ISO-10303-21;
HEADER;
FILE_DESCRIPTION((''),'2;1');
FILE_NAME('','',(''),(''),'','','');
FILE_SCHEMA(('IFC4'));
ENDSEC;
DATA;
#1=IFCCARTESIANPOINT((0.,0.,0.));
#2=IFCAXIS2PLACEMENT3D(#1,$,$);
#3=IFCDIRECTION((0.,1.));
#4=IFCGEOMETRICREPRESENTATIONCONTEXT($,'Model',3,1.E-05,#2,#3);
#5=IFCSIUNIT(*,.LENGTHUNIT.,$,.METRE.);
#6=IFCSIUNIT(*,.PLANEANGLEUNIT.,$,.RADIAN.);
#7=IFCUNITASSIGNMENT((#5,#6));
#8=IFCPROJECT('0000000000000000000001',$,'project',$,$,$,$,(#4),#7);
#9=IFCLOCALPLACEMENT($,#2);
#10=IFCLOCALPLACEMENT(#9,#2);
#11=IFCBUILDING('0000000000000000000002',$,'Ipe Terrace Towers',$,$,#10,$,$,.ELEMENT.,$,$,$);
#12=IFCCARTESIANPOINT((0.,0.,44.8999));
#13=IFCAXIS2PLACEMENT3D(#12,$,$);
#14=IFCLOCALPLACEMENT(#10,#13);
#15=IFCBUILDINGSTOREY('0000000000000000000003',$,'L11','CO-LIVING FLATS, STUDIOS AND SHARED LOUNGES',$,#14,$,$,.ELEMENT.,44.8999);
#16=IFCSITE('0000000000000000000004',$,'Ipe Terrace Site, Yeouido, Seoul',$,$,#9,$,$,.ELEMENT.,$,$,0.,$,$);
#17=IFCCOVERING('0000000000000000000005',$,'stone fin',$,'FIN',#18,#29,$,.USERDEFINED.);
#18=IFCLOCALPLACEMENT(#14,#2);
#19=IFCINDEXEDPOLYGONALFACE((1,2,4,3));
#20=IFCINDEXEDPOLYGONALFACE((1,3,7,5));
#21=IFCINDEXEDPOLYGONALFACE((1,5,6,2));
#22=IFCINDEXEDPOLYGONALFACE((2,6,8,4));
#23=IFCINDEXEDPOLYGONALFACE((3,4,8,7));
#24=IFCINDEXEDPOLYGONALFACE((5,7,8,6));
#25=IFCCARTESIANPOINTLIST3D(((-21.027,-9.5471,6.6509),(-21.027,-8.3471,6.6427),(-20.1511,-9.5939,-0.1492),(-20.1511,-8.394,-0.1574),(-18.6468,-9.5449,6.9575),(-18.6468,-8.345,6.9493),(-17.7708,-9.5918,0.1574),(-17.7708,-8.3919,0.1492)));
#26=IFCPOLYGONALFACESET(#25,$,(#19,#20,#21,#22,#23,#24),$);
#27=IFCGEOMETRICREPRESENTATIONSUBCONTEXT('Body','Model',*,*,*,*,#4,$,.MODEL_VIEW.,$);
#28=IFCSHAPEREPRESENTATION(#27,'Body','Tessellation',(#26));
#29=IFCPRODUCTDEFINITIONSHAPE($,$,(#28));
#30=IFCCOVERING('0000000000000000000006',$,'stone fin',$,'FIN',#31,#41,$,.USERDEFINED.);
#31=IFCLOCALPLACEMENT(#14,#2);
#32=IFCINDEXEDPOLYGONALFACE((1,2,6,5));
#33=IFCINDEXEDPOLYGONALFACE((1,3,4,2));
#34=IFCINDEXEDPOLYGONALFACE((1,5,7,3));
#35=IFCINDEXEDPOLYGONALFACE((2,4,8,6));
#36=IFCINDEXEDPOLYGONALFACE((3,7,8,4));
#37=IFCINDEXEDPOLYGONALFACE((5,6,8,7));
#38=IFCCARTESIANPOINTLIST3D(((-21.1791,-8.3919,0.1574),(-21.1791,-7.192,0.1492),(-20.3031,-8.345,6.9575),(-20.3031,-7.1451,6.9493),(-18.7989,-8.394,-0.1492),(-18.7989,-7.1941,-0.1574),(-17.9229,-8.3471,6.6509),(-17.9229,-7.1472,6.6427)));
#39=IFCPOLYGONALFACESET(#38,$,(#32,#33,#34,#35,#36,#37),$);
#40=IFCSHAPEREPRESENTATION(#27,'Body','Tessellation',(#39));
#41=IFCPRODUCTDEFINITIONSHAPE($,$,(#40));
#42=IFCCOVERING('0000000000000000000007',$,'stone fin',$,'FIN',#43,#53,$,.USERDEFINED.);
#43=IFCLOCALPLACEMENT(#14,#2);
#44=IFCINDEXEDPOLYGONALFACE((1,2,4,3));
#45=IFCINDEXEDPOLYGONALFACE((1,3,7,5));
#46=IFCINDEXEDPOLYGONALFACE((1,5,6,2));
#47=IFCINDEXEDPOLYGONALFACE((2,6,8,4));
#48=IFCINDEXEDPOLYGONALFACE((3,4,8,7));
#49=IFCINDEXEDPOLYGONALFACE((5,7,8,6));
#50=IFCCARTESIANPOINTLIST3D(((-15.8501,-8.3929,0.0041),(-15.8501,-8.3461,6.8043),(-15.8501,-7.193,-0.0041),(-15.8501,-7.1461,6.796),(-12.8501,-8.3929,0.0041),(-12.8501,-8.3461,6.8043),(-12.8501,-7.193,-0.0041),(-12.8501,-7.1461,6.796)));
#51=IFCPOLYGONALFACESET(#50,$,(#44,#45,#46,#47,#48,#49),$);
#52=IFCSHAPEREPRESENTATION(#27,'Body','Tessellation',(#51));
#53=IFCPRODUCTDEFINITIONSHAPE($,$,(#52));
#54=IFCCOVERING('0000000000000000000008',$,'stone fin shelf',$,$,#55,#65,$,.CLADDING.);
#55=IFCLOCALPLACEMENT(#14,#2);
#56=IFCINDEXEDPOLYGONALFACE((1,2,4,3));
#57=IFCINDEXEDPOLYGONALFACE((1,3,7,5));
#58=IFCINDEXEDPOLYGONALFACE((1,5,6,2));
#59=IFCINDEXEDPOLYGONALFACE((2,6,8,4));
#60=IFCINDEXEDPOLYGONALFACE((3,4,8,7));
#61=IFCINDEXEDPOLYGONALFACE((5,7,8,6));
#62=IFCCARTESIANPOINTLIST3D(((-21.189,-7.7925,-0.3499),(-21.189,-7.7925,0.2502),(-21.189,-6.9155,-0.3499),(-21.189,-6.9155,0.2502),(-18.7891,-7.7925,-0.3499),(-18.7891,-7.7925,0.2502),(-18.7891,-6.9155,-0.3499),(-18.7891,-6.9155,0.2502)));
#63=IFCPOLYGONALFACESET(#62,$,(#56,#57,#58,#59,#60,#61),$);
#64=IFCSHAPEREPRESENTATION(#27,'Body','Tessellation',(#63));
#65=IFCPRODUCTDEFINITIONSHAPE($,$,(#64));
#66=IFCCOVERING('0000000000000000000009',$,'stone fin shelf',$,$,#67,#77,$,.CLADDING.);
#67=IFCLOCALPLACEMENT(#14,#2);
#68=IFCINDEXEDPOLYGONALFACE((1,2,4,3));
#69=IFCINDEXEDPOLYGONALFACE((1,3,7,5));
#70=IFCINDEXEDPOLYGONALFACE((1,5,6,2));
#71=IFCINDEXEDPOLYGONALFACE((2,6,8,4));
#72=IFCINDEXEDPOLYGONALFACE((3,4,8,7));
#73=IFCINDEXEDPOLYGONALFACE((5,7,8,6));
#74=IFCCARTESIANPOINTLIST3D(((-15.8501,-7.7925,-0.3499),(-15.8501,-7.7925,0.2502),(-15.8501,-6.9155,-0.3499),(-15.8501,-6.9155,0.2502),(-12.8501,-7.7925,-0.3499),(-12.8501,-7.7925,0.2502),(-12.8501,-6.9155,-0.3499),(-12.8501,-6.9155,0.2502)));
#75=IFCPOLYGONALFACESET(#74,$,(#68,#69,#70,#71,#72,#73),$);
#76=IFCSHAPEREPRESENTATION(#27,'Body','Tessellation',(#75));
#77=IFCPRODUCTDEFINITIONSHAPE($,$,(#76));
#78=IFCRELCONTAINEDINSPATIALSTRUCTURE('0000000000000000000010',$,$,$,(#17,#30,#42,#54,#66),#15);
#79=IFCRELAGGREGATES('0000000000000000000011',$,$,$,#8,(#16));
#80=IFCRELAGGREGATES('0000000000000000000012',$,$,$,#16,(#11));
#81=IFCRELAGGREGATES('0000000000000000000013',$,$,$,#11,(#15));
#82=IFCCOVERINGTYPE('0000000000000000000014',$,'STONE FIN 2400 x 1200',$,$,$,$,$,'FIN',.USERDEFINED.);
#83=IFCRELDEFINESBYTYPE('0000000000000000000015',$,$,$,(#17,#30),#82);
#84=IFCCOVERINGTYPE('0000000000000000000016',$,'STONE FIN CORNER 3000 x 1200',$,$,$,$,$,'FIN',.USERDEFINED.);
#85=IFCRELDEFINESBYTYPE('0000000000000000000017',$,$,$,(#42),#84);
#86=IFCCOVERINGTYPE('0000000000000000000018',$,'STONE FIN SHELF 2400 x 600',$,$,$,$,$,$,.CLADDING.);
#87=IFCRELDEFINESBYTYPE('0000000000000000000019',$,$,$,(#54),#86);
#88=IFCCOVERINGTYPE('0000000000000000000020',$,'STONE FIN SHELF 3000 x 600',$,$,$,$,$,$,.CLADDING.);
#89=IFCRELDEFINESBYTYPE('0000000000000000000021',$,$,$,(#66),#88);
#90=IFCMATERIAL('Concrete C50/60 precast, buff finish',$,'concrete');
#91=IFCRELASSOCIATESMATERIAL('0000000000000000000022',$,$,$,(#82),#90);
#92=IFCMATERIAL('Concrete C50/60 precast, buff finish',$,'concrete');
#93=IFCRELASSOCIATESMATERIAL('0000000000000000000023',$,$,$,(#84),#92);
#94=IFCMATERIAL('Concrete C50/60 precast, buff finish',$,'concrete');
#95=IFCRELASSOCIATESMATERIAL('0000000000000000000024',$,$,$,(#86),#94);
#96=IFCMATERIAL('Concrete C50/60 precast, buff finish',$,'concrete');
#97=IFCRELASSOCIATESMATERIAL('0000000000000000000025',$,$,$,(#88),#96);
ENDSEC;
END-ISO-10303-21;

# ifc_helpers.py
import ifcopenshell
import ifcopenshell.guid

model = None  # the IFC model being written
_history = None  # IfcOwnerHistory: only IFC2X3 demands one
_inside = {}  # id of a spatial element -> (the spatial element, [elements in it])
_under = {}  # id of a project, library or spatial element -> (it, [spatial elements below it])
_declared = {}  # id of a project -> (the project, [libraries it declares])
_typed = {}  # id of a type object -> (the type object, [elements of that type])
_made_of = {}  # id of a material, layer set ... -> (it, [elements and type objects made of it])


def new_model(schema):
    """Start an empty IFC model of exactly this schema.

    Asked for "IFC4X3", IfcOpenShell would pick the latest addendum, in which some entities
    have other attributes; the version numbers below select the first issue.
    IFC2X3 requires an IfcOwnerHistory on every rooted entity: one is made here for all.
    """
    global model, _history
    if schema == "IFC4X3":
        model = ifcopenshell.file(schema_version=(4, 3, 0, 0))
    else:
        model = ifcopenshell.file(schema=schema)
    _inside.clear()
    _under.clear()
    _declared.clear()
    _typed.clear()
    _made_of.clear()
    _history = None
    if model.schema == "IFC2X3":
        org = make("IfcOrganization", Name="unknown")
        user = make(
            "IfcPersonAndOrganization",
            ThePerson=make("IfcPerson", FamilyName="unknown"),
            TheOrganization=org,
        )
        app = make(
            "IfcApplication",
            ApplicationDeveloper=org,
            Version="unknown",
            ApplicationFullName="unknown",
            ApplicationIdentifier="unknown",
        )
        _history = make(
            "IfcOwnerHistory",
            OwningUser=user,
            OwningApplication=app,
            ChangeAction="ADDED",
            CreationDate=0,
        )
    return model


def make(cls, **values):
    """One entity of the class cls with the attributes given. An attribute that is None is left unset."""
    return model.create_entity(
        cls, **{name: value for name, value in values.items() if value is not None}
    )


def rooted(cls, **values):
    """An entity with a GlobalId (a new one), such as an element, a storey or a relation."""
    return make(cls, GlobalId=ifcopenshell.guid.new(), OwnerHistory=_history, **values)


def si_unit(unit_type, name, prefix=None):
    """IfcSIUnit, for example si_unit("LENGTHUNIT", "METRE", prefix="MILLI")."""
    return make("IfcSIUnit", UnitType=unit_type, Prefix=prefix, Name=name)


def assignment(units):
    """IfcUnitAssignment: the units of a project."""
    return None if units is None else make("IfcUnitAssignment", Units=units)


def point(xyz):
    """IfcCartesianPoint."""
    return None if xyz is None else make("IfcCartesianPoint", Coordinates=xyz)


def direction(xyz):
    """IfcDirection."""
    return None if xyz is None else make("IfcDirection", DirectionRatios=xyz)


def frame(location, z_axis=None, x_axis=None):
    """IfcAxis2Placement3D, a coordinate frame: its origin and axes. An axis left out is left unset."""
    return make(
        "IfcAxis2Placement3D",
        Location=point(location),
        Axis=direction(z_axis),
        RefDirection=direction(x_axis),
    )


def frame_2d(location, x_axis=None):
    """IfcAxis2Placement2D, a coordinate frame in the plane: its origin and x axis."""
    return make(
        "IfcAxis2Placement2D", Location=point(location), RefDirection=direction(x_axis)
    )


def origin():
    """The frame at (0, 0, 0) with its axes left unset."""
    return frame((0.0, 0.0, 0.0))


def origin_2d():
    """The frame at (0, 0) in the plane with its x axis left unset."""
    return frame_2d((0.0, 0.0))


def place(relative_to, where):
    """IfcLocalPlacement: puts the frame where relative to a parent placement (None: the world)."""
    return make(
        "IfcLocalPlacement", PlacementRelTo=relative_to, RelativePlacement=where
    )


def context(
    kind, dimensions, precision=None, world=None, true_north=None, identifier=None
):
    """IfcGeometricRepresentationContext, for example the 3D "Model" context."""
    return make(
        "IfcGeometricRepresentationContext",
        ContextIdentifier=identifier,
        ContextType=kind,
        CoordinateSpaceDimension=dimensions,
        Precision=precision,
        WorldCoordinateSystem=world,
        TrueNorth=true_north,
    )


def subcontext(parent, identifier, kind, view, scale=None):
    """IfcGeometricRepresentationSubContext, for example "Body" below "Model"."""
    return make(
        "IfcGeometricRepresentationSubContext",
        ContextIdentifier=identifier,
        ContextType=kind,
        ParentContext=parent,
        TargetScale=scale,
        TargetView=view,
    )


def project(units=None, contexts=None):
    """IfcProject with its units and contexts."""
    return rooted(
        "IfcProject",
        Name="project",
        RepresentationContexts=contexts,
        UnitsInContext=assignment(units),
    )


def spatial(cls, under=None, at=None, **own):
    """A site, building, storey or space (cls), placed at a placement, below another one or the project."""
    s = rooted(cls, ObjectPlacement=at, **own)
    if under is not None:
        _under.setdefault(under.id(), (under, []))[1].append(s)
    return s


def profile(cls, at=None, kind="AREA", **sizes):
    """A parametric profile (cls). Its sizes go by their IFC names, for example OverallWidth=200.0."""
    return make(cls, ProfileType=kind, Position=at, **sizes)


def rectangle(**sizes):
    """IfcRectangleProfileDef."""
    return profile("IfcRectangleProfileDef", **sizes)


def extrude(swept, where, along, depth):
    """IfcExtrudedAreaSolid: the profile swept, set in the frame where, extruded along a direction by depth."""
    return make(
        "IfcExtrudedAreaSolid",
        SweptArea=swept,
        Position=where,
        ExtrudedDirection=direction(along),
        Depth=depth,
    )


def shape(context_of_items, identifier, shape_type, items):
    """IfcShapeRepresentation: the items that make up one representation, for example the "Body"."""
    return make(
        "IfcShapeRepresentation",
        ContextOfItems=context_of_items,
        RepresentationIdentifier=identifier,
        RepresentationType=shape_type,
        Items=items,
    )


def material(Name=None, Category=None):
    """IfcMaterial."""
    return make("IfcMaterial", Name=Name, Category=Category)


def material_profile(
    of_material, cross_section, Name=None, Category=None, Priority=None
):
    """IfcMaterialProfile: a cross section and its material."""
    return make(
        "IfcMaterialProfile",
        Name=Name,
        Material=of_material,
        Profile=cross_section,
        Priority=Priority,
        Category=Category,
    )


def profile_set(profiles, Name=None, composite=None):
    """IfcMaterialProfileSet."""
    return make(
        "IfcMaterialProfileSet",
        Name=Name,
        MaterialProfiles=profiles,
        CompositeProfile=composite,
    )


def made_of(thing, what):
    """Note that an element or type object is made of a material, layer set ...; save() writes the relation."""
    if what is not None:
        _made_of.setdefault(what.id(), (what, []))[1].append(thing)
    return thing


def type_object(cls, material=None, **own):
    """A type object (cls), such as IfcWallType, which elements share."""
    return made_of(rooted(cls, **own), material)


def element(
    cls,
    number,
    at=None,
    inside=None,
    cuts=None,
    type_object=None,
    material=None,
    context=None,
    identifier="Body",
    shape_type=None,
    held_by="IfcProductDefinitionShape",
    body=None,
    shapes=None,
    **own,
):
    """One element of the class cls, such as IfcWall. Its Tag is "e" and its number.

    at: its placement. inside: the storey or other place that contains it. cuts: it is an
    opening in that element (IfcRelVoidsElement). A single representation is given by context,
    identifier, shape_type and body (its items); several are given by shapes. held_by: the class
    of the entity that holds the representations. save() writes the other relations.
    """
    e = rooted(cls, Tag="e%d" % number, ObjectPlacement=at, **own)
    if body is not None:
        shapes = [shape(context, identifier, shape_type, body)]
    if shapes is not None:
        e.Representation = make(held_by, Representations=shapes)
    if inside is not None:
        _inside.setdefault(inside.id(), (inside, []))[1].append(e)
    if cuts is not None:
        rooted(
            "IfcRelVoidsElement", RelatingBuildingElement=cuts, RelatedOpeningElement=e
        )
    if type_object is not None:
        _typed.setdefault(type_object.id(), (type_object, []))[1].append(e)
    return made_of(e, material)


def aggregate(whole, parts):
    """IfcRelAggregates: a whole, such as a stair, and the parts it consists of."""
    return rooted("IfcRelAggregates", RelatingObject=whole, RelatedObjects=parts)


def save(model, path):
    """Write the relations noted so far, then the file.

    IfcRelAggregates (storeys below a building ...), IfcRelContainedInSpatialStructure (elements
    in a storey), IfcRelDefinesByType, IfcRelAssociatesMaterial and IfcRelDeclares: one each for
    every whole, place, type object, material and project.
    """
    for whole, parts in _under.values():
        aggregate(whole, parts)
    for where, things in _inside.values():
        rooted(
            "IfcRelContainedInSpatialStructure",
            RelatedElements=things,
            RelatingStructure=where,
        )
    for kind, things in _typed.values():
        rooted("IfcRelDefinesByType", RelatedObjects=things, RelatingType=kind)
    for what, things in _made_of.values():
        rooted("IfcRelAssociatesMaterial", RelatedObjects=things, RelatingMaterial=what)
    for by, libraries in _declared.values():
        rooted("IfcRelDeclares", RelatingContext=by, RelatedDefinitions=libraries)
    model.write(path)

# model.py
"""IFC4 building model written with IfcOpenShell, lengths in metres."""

from ifc_helpers import new_model, si_unit, direction, frame, origin, origin_2d, place, context, subcontext, project, spatial, rectangle, extrude, material, material_profile, profile_set, type_object, element, save


model = new_model("IFC4")

# Units and contexts
model_context = context("Model", 3, precision=1e-05, world=origin(), true_north=direction((0.0, 1.0)))
body_context = subcontext(model_context, "Body", "Model", "MODEL_VIEW")
ifc_project = project(units=[si_unit("LENGTHUNIT", "METRE"), si_unit("PLANEANGLEUNIT", "RADIAN")], contexts=[model_context])

# Site, building, storey
site_placement = place(None, origin())
site = spatial("IfcSite", under=ifc_project, at=site_placement, Name="Ipe Terrace Site, Yeouido, Seoul", CompositionType="ELEMENT", RefElevation=0.0)
building_placement = place(site_placement, origin())
building = spatial("IfcBuilding", under=site, at=building_placement, Name="Ipe Terrace Towers", CompositionType="ELEMENT")
storey_placement = place(building_placement, frame((0.0, 0.0, 44.8999)))
storey = spatial("IfcBuildingStorey", under=building, at=storey_placement, Name="L11", Description="CO-LIVING FLATS, STUDIOS AND SHARED LOUNGES", CompositionType="ELEMENT", Elevation=44.8999)

# Coverings
ifc_material_1 = material(Name="Concrete C50/60 precast, buff finish", Category="concrete")
ifc_material_profile_1 = material_profile(ifc_material_1, rectangle(XDim=2.3999, YDim=1.2, at=origin_2d()), Name="STONE FIN 2400 x 1200")
ifc_profile_set_1 = profile_set([ifc_material_profile_1], Name="Concrete C50/60 precast, buff finish")
covering_type_1 = type_object("IfcCoveringType", Name="STONE FIN 2400 x 1200", ElementType="FIN", PredefinedType="USERDEFINED", material=ifc_profile_set_1)
for number, where, z_axis, x_axis, name in (
    (1, (-18.9609, -8.9929, 0.0), (-0.12776, 0.006837, 0.991781), (0.991805, 0.000881, 0.127757), "stone fin"),
    (2, (-19.989, -7.793, 0.0), (0.12776, 0.006837, 0.991781), (0.991805, -0.000881, -0.127757), "stone fin"),
):
    element("IfcCovering", number, at=place(storey_placement, frame(where, z_axis=z_axis, x_axis=x_axis)), inside=storey, type_object=covering_type_1, Name=name, ObjectType="FIN", PredefinedType="USERDEFINED", context=body_context, shape_type="SweptSolid", body=[
        extrude(rectangle(XDim=2.3999, YDim=1.2, at=origin_2d()), origin(), (0.0, 0.0, 1.0), 6.8564),
    ])
ifc_material_2 = material(Name="Concrete C50/60 precast, buff finish", Category="concrete")
ifc_material_profile_2 = material_profile(ifc_material_2, rectangle(XDim=3.0, YDim=1.2, at=origin_2d()), Name="STONE FIN CORNER 3000 x 1200")
ifc_profile_set_2 = profile_set([ifc_material_profile_2], Name="Concrete C50/60 precast, buff finish")
covering_type_2 = type_object("IfcCoveringType", Name="STONE FIN CORNER 3000 x 1200", ElementType="FIN", PredefinedType="USERDEFINED", material=ifc_profile_set_2)
covering_1_placement = place(storey_placement, frame((-14.3501, -7.793, 0.0), z_axis=(0.0, 0.006893, 0.999976), x_axis=(1.0, 0.0, 0.0)))
element("IfcCovering", 3, at=covering_1_placement, inside=storey, type_object=covering_type_2, Name="stone fin", ObjectType="FIN", PredefinedType="USERDEFINED", context=body_context, shape_type="SweptSolid", body=[
    extrude(rectangle(XDim=3.0, YDim=1.2, at=origin_2d()), origin(), (0.0, 0.0, 1.0), 6.8003),
])
ifc_material_3 = material(Name="Concrete C50/60 precast, buff finish", Category="concrete")
covering_type_3 = type_object("IfcCoveringType", Name="STONE FIN SHELF 2400 x 600", PredefinedType="CLADDING", material=ifc_material_3)
covering_2_placement = place(storey_placement, frame((-19.989, -7.354, -0.3499), z_axis=(0.0, 0.0, 1.0), x_axis=(1.0, 0.0, 0.0)))
element("IfcCovering", 4, at=covering_2_placement, inside=storey, type_object=covering_type_3, Name="stone fin shelf", PredefinedType="CLADDING", context=body_context, shape_type="SweptSolid", body=[
    extrude(rectangle(XDim=2.3999, YDim=0.877, at=origin_2d()), origin(), (0.0, 0.0, 1.0), 0.6001),
])
ifc_material_4 = material(Name="Concrete C50/60 precast, buff finish", Category="concrete")
covering_type_4 = type_object("IfcCoveringType", Name="STONE FIN SHELF 3000 x 600", PredefinedType="CLADDING", material=ifc_material_4)
covering_3_placement = place(storey_placement, frame((-14.3501, -7.354, -0.3499), z_axis=(0.0, 0.0, 1.0), x_axis=(1.0, 0.0, 0.0)))
element("IfcCovering", 5, at=covering_3_placement, inside=storey, type_object=covering_type_4, Name="stone fin shelf", PredefinedType="CLADDING", context=body_context, shape_type="SweptSolid", body=[
    extrude(rectangle(XDim=3.0, YDim=0.877, at=origin_2d()), origin(), (0.0, 0.0, 1.0), 0.6001),
])

save(model, "model.ifc")
